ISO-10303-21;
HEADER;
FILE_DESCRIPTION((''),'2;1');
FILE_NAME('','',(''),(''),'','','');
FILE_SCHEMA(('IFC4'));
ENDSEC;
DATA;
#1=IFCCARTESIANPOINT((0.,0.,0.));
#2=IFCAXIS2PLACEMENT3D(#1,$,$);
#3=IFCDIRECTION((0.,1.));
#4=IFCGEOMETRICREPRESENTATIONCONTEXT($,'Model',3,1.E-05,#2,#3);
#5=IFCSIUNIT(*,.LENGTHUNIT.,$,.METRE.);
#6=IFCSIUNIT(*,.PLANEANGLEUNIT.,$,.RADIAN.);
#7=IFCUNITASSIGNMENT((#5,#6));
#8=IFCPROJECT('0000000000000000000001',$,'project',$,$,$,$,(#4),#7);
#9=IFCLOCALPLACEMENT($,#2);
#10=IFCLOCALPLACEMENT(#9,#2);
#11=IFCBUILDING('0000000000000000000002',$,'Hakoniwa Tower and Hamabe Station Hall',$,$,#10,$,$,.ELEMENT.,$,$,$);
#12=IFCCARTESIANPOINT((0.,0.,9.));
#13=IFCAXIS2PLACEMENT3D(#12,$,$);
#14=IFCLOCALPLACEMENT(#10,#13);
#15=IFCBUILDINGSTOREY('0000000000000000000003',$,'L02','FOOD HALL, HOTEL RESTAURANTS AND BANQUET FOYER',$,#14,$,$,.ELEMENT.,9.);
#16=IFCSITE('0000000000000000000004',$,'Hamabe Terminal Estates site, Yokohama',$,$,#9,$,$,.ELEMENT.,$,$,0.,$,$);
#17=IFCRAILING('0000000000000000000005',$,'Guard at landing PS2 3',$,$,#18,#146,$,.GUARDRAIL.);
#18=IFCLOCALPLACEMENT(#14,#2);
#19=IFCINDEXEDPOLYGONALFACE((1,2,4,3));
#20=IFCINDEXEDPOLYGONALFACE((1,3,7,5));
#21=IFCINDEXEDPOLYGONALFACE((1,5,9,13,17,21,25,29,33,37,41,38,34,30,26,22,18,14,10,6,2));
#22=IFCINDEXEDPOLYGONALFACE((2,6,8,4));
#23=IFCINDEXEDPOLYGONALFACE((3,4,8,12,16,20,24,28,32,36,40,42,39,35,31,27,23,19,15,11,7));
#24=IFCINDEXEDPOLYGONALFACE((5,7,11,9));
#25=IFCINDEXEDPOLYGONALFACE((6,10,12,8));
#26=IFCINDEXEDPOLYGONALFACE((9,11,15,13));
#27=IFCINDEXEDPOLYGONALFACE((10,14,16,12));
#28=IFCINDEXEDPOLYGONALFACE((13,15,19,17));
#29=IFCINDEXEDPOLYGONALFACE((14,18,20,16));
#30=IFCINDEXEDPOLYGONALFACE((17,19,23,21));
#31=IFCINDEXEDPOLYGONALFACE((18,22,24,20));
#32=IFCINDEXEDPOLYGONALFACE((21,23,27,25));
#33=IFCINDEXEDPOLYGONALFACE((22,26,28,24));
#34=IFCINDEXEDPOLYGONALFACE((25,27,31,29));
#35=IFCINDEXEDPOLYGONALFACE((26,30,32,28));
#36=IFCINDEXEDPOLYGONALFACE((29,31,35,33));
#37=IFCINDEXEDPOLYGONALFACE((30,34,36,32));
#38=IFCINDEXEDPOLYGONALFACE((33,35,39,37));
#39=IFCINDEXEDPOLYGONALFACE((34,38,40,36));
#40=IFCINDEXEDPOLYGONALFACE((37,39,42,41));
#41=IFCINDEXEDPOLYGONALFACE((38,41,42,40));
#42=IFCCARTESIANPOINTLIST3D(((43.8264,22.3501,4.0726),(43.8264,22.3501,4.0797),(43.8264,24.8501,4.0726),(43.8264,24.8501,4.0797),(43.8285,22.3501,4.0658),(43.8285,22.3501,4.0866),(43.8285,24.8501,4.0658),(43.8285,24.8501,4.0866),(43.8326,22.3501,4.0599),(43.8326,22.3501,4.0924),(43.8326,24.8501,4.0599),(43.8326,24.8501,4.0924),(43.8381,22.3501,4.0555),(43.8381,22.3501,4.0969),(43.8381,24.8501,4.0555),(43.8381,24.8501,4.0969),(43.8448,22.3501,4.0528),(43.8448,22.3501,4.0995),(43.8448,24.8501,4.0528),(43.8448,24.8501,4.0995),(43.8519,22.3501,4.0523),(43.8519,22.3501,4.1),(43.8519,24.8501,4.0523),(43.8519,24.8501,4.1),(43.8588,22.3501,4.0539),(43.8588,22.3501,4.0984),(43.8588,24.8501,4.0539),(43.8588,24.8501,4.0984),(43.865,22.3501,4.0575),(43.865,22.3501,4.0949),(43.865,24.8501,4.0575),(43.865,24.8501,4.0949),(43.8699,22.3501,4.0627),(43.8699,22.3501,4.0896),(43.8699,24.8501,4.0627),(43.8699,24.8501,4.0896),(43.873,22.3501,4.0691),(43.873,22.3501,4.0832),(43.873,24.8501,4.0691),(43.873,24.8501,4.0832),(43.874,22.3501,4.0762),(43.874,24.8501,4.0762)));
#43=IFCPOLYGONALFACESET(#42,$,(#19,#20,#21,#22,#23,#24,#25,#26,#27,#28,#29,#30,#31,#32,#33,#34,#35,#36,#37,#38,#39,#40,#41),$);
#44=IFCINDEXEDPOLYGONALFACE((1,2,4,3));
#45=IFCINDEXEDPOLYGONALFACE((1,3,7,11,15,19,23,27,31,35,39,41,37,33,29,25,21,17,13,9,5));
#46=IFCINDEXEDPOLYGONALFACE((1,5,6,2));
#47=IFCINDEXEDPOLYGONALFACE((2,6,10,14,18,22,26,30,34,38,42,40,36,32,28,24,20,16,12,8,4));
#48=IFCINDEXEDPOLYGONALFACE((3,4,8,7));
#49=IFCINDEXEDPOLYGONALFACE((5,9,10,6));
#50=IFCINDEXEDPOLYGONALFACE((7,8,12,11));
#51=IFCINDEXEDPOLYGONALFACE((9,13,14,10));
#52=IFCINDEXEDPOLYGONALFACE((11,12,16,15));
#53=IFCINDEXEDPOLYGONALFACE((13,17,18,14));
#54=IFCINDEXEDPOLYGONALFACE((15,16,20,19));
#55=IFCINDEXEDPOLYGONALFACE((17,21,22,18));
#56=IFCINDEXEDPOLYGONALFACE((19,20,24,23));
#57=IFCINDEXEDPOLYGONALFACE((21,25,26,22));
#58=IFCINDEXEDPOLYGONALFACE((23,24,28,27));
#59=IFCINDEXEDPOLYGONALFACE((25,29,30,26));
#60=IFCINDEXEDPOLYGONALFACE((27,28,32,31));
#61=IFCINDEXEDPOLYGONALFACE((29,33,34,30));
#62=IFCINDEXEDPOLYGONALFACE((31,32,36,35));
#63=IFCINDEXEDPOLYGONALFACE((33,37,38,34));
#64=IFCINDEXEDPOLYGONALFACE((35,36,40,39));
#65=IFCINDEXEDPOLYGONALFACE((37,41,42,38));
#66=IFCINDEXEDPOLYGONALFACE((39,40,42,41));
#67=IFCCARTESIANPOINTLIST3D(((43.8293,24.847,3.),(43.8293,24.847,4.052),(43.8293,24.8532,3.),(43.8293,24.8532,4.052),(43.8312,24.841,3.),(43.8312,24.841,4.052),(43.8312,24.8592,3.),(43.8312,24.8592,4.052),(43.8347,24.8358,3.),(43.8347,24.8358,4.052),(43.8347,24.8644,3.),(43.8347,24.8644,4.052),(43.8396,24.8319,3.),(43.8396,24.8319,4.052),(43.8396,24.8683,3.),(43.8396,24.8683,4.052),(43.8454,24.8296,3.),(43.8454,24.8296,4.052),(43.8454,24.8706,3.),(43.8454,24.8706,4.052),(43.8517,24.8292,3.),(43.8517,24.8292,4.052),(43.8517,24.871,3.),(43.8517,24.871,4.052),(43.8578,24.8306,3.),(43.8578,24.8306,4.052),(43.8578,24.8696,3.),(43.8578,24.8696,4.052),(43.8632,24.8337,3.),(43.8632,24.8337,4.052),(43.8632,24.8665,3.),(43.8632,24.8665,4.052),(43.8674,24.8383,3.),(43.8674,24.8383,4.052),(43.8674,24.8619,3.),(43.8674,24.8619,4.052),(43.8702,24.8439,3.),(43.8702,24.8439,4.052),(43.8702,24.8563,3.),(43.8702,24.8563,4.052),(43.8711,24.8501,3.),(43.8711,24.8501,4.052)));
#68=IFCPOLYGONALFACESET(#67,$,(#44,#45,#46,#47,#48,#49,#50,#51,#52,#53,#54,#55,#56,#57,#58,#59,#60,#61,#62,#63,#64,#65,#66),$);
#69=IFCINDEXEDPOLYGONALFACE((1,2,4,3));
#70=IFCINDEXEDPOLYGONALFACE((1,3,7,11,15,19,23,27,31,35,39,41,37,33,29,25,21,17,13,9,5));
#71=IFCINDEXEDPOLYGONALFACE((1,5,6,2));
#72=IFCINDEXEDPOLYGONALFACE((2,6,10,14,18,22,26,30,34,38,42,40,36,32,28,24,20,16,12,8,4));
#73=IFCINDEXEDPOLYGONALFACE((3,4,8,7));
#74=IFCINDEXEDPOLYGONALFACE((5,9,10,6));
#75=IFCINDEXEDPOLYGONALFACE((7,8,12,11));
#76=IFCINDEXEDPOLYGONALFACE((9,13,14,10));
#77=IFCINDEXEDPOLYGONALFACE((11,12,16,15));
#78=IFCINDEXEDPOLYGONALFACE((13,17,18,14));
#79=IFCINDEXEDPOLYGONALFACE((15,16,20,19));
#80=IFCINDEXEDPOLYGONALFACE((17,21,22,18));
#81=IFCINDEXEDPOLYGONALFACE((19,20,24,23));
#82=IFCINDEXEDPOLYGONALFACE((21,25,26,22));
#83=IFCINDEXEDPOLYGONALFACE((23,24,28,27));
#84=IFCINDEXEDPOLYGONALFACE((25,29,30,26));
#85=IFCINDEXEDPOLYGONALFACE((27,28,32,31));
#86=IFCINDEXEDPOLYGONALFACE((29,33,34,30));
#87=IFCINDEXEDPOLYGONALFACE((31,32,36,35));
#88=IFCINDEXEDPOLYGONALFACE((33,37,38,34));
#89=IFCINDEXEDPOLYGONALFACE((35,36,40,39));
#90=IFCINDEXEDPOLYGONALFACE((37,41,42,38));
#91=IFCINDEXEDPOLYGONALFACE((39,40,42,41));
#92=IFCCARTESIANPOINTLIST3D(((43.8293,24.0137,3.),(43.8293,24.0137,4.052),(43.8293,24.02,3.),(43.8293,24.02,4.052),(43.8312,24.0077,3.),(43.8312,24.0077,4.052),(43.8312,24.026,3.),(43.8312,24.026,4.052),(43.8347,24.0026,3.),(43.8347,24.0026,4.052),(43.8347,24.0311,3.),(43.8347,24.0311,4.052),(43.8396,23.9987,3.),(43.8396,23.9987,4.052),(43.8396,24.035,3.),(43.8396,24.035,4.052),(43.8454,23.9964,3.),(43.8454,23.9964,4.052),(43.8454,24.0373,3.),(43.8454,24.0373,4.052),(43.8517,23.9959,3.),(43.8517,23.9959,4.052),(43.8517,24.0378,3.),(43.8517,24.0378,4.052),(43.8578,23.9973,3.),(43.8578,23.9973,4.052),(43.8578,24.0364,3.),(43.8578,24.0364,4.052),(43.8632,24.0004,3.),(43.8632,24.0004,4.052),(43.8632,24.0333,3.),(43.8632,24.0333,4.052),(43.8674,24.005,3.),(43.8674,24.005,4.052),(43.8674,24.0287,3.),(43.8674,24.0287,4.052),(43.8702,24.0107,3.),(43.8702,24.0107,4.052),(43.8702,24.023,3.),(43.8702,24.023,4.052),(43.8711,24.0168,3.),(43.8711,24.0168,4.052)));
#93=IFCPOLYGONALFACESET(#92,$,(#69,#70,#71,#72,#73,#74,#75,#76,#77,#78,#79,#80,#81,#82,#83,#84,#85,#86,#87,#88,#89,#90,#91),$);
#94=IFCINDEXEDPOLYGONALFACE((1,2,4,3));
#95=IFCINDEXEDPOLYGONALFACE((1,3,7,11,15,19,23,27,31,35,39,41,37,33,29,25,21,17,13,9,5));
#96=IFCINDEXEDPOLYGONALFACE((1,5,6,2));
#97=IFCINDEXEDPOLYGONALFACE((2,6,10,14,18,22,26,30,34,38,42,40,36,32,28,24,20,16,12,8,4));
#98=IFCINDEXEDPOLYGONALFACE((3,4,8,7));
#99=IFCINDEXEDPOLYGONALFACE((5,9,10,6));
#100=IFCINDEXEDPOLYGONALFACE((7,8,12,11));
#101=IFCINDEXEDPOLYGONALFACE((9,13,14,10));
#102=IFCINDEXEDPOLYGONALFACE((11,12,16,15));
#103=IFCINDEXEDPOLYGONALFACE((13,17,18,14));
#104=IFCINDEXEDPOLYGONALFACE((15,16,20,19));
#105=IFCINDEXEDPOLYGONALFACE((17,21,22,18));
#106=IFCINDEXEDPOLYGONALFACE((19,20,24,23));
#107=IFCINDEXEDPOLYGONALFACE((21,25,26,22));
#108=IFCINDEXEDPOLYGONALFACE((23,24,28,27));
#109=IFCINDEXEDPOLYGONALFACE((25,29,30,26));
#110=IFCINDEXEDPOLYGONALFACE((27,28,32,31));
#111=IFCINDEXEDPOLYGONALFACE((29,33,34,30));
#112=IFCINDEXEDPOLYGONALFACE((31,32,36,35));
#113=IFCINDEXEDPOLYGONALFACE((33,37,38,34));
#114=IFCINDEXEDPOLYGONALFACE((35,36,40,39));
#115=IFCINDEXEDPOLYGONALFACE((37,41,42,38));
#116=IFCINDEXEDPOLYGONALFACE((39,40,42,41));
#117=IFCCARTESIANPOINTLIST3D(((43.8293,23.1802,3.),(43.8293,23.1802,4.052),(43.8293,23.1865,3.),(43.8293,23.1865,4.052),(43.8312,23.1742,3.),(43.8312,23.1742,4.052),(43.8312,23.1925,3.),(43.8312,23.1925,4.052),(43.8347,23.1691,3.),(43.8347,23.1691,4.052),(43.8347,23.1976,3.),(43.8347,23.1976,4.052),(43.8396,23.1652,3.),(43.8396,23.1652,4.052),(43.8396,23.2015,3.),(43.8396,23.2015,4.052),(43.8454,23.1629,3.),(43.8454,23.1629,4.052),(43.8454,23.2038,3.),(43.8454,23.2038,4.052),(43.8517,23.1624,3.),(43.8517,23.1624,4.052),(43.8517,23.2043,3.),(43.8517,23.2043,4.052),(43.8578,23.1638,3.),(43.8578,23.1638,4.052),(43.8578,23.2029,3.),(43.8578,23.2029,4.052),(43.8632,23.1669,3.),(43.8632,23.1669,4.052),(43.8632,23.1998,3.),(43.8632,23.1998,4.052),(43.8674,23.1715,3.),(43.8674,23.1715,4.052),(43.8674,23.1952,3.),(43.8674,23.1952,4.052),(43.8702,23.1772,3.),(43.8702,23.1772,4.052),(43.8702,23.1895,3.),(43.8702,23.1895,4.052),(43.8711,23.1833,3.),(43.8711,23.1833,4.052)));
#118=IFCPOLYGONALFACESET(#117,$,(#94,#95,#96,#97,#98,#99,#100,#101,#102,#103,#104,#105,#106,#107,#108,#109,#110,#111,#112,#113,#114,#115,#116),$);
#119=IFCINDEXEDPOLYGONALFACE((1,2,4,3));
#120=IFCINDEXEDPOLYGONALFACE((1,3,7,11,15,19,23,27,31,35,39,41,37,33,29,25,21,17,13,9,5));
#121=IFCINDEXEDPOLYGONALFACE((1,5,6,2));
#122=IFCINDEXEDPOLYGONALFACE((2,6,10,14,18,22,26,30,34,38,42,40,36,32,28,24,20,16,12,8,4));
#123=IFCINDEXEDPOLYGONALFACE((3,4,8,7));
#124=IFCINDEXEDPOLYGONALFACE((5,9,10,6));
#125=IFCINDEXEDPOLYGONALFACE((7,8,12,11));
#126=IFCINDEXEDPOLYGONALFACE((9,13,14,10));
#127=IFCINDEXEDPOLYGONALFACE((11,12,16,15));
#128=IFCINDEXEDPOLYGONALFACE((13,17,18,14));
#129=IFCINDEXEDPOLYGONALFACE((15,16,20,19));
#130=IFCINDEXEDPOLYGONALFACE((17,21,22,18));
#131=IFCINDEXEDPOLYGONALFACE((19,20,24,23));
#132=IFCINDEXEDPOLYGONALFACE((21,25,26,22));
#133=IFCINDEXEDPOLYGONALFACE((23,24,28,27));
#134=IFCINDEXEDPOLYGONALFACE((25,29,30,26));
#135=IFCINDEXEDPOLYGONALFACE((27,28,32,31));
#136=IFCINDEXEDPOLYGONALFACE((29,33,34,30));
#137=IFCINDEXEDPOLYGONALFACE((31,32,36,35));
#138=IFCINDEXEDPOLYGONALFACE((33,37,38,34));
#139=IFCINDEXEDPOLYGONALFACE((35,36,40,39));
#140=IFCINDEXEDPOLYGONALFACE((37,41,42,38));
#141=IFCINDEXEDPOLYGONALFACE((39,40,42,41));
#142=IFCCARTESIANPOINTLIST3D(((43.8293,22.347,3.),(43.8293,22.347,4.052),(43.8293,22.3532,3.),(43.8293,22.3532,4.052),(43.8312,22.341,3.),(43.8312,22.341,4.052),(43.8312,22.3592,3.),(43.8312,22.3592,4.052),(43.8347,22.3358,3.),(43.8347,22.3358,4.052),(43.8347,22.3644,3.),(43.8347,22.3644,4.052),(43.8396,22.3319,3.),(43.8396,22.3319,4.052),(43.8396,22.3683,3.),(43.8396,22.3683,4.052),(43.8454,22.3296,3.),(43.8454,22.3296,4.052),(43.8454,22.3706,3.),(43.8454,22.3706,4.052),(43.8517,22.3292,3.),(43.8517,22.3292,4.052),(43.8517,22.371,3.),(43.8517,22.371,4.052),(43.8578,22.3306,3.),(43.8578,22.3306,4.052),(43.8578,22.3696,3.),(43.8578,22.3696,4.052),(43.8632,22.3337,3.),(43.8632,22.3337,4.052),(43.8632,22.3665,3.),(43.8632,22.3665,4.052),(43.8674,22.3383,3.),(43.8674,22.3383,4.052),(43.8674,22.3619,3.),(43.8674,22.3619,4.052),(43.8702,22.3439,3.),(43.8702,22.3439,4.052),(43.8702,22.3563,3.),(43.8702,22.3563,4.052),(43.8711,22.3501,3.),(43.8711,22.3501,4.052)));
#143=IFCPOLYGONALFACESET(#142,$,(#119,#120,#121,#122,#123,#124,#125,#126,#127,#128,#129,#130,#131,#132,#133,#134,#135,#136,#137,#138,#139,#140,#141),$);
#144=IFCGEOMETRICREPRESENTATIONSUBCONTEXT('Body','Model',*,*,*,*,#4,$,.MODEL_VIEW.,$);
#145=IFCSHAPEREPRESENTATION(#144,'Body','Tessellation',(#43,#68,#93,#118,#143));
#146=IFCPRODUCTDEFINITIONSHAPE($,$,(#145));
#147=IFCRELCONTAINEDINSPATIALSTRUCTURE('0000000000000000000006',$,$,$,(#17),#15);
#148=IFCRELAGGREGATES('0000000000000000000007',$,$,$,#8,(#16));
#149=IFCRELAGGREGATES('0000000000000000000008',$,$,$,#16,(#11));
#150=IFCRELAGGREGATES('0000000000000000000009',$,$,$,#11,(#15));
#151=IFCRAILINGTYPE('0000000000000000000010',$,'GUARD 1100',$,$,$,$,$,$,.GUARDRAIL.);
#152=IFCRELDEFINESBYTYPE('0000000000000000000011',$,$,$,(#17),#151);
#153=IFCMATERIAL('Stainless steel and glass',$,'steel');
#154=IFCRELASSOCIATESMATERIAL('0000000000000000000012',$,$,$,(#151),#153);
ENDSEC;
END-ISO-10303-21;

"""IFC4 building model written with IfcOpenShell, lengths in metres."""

from ifc_helpers import new_model, si_unit, direction, frame, origin, origin_2d, place, context, subcontext, project, spatial, circle, extrude, material, type_object, element, save


model = new_model("IFC4")

# Units and contexts
model_context = context("Model", 3, precision=1e-05, world=origin(), true_north=direction((0.0, 1.0)))
body_context = subcontext(model_context, "Body", "Model", "MODEL_VIEW")
ifc_project = project(units=[si_unit("LENGTHUNIT", "METRE"), si_unit("PLANEANGLEUNIT", "RADIAN")], contexts=[model_context])

# Site, building, storey
site_placement = place(None, origin())
site = spatial("IfcSite", under=ifc_project, at=site_placement, Name="Hamabe Terminal Estates site, Yokohama", CompositionType="ELEMENT", RefElevation=0.0)
building_placement = place(site_placement, origin())
building = spatial("IfcBuilding", under=site, at=building_placement, Name="Hakoniwa Tower and Hamabe Station Hall", CompositionType="ELEMENT")
storey_placement = place(building_placement, frame((0.0, 0.0, 9.0)))
storey = spatial("IfcBuildingStorey", under=building, at=storey_placement, Name="L02", Description="FOOD HALL, HOTEL RESTAURANTS AND BANQUET FOYER", CompositionType="ELEMENT", Elevation=9.0)

# Railing
ifc_material_1 = material(Name="Stainless steel and glass", Category="steel")
railing_type_1 = type_object("IfcRailingType", Name="GUARD 1100", PredefinedType="GUARDRAIL", material=ifc_material_1)
railing_1_placement = place(storey_placement, frame((43.8501, 24.8501, 3.0)))
element("IfcRailing", 1, at=railing_1_placement, inside=storey, type_object=railing_type_1, Name="Guard at landing PS2 3", PredefinedType="GUARDRAIL", context=body_context, shape_type="SweptSolid", body=[
    extrude(circle(Radius=0.0239, at=origin_2d()), frame((0.0, 0.0, 1.0762), z_axis=(0.0, -1.0, 0.0), x_axis=(1.0, 0.0, 0.0)), (0.0, 0.0, 1.0), 2.5),
    extrude(circle(Radius=0.021, at=origin_2d()), origin(), (0.0, 0.0, 1.0), 1.052),
    extrude(circle(Radius=0.021, at=origin_2d()), frame((0.0, -0.8333, 0.0)), (0.0, 0.0, 1.0), 1.052),
    extrude(circle(Radius=0.021, at=origin_2d()), frame((0.0, -1.6667, 0.0)), (0.0, 0.0, 1.0), 1.052),
    extrude(circle(Radius=0.021, at=origin_2d()), frame((0.0, -2.5, 0.0)), (0.0, 0.0, 1.0), 1.052),
])

save(model, "model.ifc")
